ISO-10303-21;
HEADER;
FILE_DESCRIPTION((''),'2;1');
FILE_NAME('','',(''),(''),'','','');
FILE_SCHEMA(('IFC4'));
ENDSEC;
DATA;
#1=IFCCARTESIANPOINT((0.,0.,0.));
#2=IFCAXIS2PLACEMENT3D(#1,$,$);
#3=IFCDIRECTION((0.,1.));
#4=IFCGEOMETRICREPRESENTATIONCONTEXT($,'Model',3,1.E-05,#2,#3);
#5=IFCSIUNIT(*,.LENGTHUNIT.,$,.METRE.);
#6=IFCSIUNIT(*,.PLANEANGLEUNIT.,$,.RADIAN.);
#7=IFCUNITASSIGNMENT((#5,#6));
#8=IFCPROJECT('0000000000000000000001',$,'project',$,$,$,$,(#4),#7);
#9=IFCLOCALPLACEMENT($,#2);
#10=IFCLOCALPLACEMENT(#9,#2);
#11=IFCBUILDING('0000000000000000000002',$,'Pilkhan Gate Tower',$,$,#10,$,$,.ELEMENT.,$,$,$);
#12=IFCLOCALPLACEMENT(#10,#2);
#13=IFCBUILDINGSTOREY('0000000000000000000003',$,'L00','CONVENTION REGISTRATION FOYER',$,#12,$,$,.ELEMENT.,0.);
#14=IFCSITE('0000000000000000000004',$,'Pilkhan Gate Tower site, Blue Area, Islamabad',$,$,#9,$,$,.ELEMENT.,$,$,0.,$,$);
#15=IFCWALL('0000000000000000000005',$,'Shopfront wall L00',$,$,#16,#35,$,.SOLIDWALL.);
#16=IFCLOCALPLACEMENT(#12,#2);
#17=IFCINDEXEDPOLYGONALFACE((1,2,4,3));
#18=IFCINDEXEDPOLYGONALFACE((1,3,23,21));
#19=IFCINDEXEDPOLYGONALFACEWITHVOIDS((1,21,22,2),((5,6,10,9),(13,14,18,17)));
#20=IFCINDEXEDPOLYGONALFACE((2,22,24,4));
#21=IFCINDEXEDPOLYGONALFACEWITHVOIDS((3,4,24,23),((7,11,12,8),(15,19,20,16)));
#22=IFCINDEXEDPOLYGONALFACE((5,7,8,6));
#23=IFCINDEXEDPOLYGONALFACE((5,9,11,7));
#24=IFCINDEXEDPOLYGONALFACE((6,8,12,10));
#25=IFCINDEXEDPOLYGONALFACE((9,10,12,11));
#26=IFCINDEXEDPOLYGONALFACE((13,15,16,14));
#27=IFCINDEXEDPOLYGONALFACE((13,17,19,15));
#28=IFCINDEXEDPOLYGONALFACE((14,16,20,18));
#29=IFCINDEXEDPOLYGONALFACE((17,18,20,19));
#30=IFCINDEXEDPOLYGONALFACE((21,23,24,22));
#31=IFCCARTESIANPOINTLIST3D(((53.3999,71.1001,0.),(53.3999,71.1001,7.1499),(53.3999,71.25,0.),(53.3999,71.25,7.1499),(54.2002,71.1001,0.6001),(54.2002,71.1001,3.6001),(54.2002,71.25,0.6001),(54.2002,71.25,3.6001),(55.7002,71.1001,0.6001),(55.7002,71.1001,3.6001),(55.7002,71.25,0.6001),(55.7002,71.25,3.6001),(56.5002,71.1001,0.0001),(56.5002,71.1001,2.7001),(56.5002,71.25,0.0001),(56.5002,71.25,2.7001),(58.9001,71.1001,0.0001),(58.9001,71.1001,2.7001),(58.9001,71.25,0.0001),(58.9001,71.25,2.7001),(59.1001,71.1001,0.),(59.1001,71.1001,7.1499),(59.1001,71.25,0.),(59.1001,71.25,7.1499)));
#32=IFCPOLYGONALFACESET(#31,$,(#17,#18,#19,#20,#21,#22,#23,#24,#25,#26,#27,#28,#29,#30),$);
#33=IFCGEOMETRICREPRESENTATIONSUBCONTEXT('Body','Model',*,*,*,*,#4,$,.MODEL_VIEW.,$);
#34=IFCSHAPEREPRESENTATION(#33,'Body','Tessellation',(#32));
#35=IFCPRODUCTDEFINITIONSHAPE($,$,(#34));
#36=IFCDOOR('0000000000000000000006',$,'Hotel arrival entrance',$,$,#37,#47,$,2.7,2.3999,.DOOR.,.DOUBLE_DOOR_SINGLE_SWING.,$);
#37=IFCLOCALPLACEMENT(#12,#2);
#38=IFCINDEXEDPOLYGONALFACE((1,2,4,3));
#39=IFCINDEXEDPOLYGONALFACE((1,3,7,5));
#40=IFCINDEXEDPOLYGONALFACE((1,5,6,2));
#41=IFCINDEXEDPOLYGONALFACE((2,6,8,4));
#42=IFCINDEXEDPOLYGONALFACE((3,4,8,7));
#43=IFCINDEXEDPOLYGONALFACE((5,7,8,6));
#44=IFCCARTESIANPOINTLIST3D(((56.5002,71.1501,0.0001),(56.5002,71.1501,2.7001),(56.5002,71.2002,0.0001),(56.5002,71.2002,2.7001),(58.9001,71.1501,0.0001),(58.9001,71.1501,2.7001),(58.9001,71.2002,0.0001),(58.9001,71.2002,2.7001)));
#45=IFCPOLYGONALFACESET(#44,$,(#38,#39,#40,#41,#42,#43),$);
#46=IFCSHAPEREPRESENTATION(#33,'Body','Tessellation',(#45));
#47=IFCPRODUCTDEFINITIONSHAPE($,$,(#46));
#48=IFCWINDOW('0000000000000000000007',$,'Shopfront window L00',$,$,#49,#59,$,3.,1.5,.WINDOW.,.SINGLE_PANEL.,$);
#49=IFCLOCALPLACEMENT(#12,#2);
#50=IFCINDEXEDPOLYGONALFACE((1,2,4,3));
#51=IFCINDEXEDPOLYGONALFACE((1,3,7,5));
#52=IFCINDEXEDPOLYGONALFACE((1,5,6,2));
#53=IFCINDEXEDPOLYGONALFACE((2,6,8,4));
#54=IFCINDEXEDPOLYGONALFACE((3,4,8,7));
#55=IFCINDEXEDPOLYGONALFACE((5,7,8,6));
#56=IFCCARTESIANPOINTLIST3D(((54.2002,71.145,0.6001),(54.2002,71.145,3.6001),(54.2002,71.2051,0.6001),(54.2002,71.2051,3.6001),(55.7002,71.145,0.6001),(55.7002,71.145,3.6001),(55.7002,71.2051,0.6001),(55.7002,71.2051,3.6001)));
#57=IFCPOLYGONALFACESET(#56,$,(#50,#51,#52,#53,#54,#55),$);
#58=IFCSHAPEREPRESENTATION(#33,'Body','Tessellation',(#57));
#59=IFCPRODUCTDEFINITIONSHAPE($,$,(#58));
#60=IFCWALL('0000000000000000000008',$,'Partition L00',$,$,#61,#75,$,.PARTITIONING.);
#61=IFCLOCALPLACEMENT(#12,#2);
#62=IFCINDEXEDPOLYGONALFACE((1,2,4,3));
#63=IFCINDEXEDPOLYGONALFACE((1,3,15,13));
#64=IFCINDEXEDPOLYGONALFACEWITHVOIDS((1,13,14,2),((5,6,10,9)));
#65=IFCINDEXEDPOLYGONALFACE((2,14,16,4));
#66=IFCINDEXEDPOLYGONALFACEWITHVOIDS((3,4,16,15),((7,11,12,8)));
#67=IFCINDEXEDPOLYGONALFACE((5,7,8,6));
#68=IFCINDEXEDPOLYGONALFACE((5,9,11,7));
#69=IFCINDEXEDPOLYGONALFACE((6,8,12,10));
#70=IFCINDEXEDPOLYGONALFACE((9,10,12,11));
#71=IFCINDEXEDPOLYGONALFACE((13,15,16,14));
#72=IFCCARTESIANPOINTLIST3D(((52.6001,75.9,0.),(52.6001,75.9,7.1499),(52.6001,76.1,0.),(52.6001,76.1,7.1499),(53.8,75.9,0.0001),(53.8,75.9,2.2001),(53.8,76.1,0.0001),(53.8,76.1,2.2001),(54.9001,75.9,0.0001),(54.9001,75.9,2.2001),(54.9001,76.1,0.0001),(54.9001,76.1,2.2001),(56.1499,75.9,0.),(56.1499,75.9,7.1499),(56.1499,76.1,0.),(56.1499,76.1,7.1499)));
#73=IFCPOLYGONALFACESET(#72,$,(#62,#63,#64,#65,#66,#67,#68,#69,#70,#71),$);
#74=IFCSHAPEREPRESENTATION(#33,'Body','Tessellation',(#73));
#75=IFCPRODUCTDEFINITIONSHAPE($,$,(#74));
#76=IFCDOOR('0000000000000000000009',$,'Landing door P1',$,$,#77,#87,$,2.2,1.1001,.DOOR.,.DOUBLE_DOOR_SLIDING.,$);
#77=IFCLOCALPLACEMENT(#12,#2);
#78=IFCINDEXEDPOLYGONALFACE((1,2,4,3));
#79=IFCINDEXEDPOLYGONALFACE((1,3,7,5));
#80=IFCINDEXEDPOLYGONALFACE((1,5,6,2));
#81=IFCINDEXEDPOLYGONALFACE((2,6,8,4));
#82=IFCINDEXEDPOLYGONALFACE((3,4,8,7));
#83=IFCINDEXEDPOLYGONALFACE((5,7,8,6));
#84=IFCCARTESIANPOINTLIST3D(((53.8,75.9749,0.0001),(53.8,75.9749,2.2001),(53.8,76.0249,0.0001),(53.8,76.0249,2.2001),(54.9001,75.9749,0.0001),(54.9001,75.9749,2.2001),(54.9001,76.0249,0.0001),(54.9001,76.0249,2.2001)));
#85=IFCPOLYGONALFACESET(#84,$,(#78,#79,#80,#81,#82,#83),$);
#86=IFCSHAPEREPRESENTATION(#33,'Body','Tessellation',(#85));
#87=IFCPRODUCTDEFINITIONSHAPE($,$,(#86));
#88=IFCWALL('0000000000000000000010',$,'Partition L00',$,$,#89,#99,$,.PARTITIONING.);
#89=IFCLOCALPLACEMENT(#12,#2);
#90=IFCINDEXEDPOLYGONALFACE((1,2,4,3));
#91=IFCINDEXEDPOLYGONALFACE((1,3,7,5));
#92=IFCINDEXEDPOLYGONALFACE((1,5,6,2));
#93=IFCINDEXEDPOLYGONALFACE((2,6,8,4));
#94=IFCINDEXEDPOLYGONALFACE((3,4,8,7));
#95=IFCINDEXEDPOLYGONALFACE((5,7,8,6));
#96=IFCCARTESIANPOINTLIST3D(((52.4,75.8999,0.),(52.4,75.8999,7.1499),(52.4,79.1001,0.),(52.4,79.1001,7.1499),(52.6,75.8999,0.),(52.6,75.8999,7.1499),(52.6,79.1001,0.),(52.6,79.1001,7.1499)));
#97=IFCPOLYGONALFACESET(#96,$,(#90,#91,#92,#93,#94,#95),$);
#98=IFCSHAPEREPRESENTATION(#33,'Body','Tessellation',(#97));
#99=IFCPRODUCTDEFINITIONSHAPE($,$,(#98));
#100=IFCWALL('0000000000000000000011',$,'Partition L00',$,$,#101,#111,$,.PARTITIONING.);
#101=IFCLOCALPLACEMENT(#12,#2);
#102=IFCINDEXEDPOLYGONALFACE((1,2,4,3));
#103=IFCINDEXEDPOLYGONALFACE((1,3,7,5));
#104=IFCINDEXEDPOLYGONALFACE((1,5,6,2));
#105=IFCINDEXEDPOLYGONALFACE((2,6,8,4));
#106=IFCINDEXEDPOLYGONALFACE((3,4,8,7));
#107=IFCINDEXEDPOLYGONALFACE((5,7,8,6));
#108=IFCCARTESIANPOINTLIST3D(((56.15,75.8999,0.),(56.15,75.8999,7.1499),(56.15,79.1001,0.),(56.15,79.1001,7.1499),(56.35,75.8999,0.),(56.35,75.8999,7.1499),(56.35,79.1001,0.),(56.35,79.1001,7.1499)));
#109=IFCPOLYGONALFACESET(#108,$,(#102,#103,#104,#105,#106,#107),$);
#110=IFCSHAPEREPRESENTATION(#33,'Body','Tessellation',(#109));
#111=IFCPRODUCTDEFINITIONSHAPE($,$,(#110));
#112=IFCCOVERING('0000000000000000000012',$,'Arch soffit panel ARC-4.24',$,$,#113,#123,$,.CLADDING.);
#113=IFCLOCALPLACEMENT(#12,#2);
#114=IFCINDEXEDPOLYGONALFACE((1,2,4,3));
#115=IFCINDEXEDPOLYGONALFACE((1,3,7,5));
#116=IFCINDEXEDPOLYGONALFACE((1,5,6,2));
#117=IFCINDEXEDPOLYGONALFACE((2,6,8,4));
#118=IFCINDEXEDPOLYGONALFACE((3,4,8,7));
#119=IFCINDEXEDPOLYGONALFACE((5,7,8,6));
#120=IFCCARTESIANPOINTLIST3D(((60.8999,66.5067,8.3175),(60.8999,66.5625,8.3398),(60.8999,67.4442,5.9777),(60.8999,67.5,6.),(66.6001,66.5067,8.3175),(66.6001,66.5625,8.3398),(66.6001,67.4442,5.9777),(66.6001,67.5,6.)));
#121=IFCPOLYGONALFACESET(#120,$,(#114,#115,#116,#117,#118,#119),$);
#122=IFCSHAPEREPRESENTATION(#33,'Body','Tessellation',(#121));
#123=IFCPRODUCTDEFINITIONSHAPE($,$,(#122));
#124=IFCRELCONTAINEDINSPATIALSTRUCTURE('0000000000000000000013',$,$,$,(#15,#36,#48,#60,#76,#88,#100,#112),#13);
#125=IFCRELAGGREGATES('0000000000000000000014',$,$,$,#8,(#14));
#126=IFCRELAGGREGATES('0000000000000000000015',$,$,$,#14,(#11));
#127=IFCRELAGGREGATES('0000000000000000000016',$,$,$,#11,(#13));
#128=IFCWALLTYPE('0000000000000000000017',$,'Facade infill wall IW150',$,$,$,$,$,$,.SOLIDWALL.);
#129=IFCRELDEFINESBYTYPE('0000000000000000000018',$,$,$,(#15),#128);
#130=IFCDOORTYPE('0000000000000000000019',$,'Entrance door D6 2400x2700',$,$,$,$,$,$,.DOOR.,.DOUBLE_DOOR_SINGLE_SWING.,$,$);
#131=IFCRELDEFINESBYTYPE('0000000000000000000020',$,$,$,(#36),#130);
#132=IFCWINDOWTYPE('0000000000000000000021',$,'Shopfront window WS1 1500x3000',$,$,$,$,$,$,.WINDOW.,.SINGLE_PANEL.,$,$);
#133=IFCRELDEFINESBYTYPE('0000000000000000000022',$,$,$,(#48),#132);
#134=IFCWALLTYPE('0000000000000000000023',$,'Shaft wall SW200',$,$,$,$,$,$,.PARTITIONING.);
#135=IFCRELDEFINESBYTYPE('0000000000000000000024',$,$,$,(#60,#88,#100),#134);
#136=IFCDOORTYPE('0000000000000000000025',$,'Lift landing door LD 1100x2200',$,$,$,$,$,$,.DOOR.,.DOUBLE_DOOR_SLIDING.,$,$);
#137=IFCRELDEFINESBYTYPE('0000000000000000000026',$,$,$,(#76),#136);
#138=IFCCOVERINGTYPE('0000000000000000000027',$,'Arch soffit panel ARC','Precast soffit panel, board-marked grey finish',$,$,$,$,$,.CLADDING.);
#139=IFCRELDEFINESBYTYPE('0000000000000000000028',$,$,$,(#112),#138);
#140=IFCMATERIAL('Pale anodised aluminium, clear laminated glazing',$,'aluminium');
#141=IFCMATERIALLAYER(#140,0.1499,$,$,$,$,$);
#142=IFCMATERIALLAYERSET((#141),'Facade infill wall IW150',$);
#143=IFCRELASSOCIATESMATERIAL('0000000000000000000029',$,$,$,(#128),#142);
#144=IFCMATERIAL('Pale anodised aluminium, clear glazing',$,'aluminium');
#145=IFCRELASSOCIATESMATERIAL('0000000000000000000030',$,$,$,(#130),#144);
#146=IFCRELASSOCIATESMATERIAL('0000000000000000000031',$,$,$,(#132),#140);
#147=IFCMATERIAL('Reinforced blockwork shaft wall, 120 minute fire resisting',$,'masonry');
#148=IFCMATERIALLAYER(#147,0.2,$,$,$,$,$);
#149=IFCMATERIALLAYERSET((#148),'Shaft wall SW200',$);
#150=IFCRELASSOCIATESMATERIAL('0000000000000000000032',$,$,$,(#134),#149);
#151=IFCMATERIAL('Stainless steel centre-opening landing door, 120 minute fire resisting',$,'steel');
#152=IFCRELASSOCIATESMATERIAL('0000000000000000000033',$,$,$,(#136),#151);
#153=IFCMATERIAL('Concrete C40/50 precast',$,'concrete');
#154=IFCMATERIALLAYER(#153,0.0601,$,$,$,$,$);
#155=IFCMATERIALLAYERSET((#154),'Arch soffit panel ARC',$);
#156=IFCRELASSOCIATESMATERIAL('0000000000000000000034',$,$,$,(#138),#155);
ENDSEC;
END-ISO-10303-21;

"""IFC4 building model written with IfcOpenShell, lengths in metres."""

from ifc_helpers import new_model, si_unit, direction, frame, frame_2d, origin, place, context, subcontext, project, spatial, polyline, rectangle, outline, extrude, material, layer, layer_set, type_object, element, fill, save


model = new_model("IFC4")

# Units and contexts
model_context = context("Model", 3, precision=1e-05, world=origin(), true_north=direction((0.0, 1.0)))
body_context = subcontext(model_context, "Body", "Model", "MODEL_VIEW")
ifc_project = project(units=[si_unit("LENGTHUNIT", "METRE"), si_unit("PLANEANGLEUNIT", "RADIAN")], contexts=[model_context])

# Site, building, storey
site_placement = place(None, origin())
site = spatial("IfcSite", under=ifc_project, at=site_placement, Name="Pilkhan Gate Tower site, Blue Area, Islamabad", CompositionType="ELEMENT", RefElevation=0.0)
building_placement = place(site_placement, origin())
building = spatial("IfcBuilding", under=site, at=building_placement, Name="Pilkhan Gate Tower", CompositionType="ELEMENT")
storey_placement = place(building_placement, origin())
storey = spatial("IfcBuildingStorey", under=building, at=storey_placement, Name="L00", Description="CONVENTION REGISTRATION FOYER", CompositionType="ELEMENT", Elevation=0.0)

# Shared definitions
ifc_material_1 = material(Name="Pale anodised aluminium, clear laminated glazing", Category="aluminium")
ifc_layer_1 = layer(ifc_material_1, 0.1499)
ifc_layer_set_1 = layer_set([ifc_layer_1], Name="Facade infill wall IW150")
wall_type_1 = type_object("IfcWallType", Name="Facade infill wall IW150", PredefinedType="SOLIDWALL", material=ifc_layer_set_1)
ifc_material_2 = material(Name="Pale anodised aluminium, clear glazing", Category="aluminium")
door_type_1 = type_object("IfcDoorType", Name="Entrance door D6 2400x2700", OperationType="DOUBLE_DOOR_SINGLE_SWING", PredefinedType="DOOR", material=ifc_material_2)

# Wall, openings, door, window
wall_1_placement = place(storey_placement, frame((59.1001, 71.175, 0.0), z_axis=(0.0, 0.0, 1.0), x_axis=(-1.0, 0.0, 0.0)))
wall_1 = element("IfcWall", 1, at=wall_1_placement, inside=storey, type_object=wall_type_1, Name="Shopfront wall L00", PredefinedType="SOLIDWALL", context=body_context, shape_type="SweptSolid", body=[
    extrude(rectangle(XDim=5.7002, YDim=0.1499, at=frame_2d((2.8501, 0.0))), origin(), (0.0, 0.0, 1.0), 7.1499),
])
opening_1_placement = place(wall_1_placement, frame((0.2, 0.0, 0.0)))
opening_1 = element("IfcOpeningElement", 2, at=opening_1_placement, cuts=wall_1, PredefinedType="OPENING", context=body_context, shape_type="SweptSolid", body=[
    extrude(rectangle(XDim=2.3999, YDim=2.7, at=frame_2d((1.2, 1.3501))), frame((0.0, 0.085, 0.0), z_axis=(0.0, -1.0, 0.0), x_axis=(1.0, 0.0, 0.0)), (0.0, 0.0, 1.0), 0.1699),
])
opening_2_placement = place(wall_1_placement, frame((3.3999, 0.0, 0.6001)))
opening_2 = element("IfcOpeningElement", 3, at=opening_2_placement, cuts=wall_1, PredefinedType="OPENING", context=body_context, shape_type="SweptSolid", body=[
    extrude(rectangle(XDim=1.5, YDim=3.0, at=frame_2d((0.75, 1.5))), frame((0.0, 0.085, 0.0), z_axis=(0.0, -1.0, 0.0), x_axis=(1.0, 0.0, 0.0)), (0.0, 0.0, 1.0), 0.1699),
])
door_1_placement = place(opening_1_placement, origin())
door_1 = element("IfcDoor", 4, at=door_1_placement, inside=storey, type_object=door_type_1, Name="Hotel arrival entrance", OperationType="DOUBLE_DOOR_SINGLE_SWING", OverallHeight=2.7, OverallWidth=2.3999, PredefinedType="DOOR", context=body_context, shape_type="SweptSolid", body=[
    extrude(rectangle(XDim=2.3999, YDim=2.7, at=frame_2d((1.2, 1.3501))), frame((0.0, 0.0249, 0.0), z_axis=(0.0, -1.0, 0.0), x_axis=(1.0, 0.0, 0.0)), (0.0, 0.0, 1.0), 0.05),
])
fill(opening_1, door_1)
window_type = type_object("IfcWindowType", Name="Shopfront window WS1 1500x3000", PartitioningType="SINGLE_PANEL", PredefinedType="WINDOW", material=ifc_material_1)
window_placement = place(opening_2_placement, origin())
window = element("IfcWindow", 5, at=window_placement, inside=storey, type_object=window_type, Name="Shopfront window L00", OverallHeight=3.0, OverallWidth=1.5, PartitioningType="SINGLE_PANEL", PredefinedType="WINDOW", context=body_context, shape_type="SweptSolid", body=[
    extrude(rectangle(XDim=1.5, YDim=3.0, at=frame_2d((0.75, 1.5))), frame((0.0, 0.03, 0.0), z_axis=(0.0, -1.0, 0.0), x_axis=(1.0, 0.0, 0.0)), (0.0, 0.0, 1.0), 0.0601),
])
fill(opening_2, window)

# Wall, opening, door
ifc_material_3 = material(Name="Reinforced blockwork shaft wall, 120 minute fire resisting", Category="masonry")
ifc_layer_2 = layer(ifc_material_3, 0.2)
ifc_layer_set_2 = layer_set([ifc_layer_2], Name="Shaft wall SW200")
wall_type_2 = type_object("IfcWallType", Name="Shaft wall SW200", PredefinedType="PARTITIONING", material=ifc_layer_set_2)
wall_2_placement = place(storey_placement, frame((52.6001, 76.0, 0.0), z_axis=(0.0, 0.0, 1.0), x_axis=(1.0, 0.0, 0.0)))
wall_2 = element("IfcWall", 6, at=wall_2_placement, inside=storey, type_object=wall_type_2, Name="Partition L00", PredefinedType="PARTITIONING", context=body_context, shape_type="SweptSolid", body=[
    extrude(rectangle(XDim=3.5498, YDim=0.2, at=frame_2d((1.7749, 0.0))), origin(), (0.0, 0.0, 1.0), 7.1499),
])
opening_3_placement = place(wall_2_placement, frame((1.2, 0.0, 0.0)))
opening_3 = element("IfcOpeningElement", 7, at=opening_3_placement, cuts=wall_2, PredefinedType="OPENING", context=body_context, shape_type="SweptSolid", body=[
    extrude(rectangle(XDim=1.1001, YDim=2.2, at=frame_2d((0.55, 1.1001))), frame((0.0, 0.1099, 0.0), z_axis=(0.0, -1.0, 0.0), x_axis=(1.0, 0.0, 0.0)), (0.0, 0.0, 1.0), 0.22),
])
ifc_material_4 = material(Name="Stainless steel centre-opening landing door, 120 minute fire resisting", Category="steel")
door_type_2 = type_object("IfcDoorType", Name="Lift landing door LD 1100x2200", OperationType="DOUBLE_DOOR_SLIDING", PredefinedType="DOOR", material=ifc_material_4)
door_2_placement = place(opening_3_placement, origin())
door_2 = element("IfcDoor", 8, at=door_2_placement, inside=storey, type_object=door_type_2, Name="Landing door P1", OperationType="DOUBLE_DOOR_SLIDING", OverallHeight=2.2, OverallWidth=1.1001, PredefinedType="DOOR", context=body_context, shape_type="SweptSolid", body=[
    extrude(rectangle(XDim=1.1001, YDim=2.2, at=frame_2d((0.55, 1.1001))), frame((0.0, 0.0249, 0.0), z_axis=(0.0, -1.0, 0.0), x_axis=(1.0, 0.0, 0.0)), (0.0, 0.0, 1.0), 0.05),
])
fill(opening_3, door_2)

# Walls
for number, where, z_axis, x_axis, name in (
    (9, (52.5, 75.8999, 0.0), (0.0, 0.0, 1.0), (0.0, 1.0, 0.0), "Partition L00"),
    (10, (56.25, 75.8999, 0.0), (0.0, 0.0, 1.0), (0.0, 1.0, 0.0), "Partition L00"),
):
    element("IfcWall", number, at=place(storey_placement, frame(where, z_axis=z_axis, x_axis=x_axis)), inside=storey, type_object=wall_type_2, Name=name, PredefinedType="PARTITIONING", context=body_context, shape_type="SweptSolid", body=[
        extrude(rectangle(XDim=3.2002, YDim=0.2, at=frame_2d((1.6001, 0.0))), origin(), (0.0, 0.0, 1.0), 7.1499),
    ])

# Covering
ifc_material_5 = material(Name="Concrete C40/50 precast", Category="concrete")
ifc_layer_3 = layer(ifc_material_5, 0.0601)
ifc_layer_set_3 = layer_set([ifc_layer_3], Name="Arch soffit panel ARC")
covering_type = type_object("IfcCoveringType", Name="Arch soffit panel ARC", Description="Precast soffit panel, board-marked grey finish", PredefinedType="CLADDING", material=ifc_layer_set_3)
covering_placement = place(storey_placement, frame((60.8999, 66.5625, 8.3398), z_axis=(0.0, 0.928263, 0.371925), x_axis=(1.0, 0.0, 0.0)))
element("IfcCovering", 11, at=covering_placement, inside=storey, type_object=covering_type, Name="Arch soffit panel ARC-4.24", PredefinedType="CLADDING", context=body_context, shape_type="SweptSolid", body=[
    extrude(outline(polyline([(0.0, 0.0), (5.7002, 0.0), (5.7002, 2.5207), (0.0, 2.5207), (0.0, 0.0)])), origin(), (0.0, 0.0, -1.0), 0.0601),
])

save(model, "model.ifc")
